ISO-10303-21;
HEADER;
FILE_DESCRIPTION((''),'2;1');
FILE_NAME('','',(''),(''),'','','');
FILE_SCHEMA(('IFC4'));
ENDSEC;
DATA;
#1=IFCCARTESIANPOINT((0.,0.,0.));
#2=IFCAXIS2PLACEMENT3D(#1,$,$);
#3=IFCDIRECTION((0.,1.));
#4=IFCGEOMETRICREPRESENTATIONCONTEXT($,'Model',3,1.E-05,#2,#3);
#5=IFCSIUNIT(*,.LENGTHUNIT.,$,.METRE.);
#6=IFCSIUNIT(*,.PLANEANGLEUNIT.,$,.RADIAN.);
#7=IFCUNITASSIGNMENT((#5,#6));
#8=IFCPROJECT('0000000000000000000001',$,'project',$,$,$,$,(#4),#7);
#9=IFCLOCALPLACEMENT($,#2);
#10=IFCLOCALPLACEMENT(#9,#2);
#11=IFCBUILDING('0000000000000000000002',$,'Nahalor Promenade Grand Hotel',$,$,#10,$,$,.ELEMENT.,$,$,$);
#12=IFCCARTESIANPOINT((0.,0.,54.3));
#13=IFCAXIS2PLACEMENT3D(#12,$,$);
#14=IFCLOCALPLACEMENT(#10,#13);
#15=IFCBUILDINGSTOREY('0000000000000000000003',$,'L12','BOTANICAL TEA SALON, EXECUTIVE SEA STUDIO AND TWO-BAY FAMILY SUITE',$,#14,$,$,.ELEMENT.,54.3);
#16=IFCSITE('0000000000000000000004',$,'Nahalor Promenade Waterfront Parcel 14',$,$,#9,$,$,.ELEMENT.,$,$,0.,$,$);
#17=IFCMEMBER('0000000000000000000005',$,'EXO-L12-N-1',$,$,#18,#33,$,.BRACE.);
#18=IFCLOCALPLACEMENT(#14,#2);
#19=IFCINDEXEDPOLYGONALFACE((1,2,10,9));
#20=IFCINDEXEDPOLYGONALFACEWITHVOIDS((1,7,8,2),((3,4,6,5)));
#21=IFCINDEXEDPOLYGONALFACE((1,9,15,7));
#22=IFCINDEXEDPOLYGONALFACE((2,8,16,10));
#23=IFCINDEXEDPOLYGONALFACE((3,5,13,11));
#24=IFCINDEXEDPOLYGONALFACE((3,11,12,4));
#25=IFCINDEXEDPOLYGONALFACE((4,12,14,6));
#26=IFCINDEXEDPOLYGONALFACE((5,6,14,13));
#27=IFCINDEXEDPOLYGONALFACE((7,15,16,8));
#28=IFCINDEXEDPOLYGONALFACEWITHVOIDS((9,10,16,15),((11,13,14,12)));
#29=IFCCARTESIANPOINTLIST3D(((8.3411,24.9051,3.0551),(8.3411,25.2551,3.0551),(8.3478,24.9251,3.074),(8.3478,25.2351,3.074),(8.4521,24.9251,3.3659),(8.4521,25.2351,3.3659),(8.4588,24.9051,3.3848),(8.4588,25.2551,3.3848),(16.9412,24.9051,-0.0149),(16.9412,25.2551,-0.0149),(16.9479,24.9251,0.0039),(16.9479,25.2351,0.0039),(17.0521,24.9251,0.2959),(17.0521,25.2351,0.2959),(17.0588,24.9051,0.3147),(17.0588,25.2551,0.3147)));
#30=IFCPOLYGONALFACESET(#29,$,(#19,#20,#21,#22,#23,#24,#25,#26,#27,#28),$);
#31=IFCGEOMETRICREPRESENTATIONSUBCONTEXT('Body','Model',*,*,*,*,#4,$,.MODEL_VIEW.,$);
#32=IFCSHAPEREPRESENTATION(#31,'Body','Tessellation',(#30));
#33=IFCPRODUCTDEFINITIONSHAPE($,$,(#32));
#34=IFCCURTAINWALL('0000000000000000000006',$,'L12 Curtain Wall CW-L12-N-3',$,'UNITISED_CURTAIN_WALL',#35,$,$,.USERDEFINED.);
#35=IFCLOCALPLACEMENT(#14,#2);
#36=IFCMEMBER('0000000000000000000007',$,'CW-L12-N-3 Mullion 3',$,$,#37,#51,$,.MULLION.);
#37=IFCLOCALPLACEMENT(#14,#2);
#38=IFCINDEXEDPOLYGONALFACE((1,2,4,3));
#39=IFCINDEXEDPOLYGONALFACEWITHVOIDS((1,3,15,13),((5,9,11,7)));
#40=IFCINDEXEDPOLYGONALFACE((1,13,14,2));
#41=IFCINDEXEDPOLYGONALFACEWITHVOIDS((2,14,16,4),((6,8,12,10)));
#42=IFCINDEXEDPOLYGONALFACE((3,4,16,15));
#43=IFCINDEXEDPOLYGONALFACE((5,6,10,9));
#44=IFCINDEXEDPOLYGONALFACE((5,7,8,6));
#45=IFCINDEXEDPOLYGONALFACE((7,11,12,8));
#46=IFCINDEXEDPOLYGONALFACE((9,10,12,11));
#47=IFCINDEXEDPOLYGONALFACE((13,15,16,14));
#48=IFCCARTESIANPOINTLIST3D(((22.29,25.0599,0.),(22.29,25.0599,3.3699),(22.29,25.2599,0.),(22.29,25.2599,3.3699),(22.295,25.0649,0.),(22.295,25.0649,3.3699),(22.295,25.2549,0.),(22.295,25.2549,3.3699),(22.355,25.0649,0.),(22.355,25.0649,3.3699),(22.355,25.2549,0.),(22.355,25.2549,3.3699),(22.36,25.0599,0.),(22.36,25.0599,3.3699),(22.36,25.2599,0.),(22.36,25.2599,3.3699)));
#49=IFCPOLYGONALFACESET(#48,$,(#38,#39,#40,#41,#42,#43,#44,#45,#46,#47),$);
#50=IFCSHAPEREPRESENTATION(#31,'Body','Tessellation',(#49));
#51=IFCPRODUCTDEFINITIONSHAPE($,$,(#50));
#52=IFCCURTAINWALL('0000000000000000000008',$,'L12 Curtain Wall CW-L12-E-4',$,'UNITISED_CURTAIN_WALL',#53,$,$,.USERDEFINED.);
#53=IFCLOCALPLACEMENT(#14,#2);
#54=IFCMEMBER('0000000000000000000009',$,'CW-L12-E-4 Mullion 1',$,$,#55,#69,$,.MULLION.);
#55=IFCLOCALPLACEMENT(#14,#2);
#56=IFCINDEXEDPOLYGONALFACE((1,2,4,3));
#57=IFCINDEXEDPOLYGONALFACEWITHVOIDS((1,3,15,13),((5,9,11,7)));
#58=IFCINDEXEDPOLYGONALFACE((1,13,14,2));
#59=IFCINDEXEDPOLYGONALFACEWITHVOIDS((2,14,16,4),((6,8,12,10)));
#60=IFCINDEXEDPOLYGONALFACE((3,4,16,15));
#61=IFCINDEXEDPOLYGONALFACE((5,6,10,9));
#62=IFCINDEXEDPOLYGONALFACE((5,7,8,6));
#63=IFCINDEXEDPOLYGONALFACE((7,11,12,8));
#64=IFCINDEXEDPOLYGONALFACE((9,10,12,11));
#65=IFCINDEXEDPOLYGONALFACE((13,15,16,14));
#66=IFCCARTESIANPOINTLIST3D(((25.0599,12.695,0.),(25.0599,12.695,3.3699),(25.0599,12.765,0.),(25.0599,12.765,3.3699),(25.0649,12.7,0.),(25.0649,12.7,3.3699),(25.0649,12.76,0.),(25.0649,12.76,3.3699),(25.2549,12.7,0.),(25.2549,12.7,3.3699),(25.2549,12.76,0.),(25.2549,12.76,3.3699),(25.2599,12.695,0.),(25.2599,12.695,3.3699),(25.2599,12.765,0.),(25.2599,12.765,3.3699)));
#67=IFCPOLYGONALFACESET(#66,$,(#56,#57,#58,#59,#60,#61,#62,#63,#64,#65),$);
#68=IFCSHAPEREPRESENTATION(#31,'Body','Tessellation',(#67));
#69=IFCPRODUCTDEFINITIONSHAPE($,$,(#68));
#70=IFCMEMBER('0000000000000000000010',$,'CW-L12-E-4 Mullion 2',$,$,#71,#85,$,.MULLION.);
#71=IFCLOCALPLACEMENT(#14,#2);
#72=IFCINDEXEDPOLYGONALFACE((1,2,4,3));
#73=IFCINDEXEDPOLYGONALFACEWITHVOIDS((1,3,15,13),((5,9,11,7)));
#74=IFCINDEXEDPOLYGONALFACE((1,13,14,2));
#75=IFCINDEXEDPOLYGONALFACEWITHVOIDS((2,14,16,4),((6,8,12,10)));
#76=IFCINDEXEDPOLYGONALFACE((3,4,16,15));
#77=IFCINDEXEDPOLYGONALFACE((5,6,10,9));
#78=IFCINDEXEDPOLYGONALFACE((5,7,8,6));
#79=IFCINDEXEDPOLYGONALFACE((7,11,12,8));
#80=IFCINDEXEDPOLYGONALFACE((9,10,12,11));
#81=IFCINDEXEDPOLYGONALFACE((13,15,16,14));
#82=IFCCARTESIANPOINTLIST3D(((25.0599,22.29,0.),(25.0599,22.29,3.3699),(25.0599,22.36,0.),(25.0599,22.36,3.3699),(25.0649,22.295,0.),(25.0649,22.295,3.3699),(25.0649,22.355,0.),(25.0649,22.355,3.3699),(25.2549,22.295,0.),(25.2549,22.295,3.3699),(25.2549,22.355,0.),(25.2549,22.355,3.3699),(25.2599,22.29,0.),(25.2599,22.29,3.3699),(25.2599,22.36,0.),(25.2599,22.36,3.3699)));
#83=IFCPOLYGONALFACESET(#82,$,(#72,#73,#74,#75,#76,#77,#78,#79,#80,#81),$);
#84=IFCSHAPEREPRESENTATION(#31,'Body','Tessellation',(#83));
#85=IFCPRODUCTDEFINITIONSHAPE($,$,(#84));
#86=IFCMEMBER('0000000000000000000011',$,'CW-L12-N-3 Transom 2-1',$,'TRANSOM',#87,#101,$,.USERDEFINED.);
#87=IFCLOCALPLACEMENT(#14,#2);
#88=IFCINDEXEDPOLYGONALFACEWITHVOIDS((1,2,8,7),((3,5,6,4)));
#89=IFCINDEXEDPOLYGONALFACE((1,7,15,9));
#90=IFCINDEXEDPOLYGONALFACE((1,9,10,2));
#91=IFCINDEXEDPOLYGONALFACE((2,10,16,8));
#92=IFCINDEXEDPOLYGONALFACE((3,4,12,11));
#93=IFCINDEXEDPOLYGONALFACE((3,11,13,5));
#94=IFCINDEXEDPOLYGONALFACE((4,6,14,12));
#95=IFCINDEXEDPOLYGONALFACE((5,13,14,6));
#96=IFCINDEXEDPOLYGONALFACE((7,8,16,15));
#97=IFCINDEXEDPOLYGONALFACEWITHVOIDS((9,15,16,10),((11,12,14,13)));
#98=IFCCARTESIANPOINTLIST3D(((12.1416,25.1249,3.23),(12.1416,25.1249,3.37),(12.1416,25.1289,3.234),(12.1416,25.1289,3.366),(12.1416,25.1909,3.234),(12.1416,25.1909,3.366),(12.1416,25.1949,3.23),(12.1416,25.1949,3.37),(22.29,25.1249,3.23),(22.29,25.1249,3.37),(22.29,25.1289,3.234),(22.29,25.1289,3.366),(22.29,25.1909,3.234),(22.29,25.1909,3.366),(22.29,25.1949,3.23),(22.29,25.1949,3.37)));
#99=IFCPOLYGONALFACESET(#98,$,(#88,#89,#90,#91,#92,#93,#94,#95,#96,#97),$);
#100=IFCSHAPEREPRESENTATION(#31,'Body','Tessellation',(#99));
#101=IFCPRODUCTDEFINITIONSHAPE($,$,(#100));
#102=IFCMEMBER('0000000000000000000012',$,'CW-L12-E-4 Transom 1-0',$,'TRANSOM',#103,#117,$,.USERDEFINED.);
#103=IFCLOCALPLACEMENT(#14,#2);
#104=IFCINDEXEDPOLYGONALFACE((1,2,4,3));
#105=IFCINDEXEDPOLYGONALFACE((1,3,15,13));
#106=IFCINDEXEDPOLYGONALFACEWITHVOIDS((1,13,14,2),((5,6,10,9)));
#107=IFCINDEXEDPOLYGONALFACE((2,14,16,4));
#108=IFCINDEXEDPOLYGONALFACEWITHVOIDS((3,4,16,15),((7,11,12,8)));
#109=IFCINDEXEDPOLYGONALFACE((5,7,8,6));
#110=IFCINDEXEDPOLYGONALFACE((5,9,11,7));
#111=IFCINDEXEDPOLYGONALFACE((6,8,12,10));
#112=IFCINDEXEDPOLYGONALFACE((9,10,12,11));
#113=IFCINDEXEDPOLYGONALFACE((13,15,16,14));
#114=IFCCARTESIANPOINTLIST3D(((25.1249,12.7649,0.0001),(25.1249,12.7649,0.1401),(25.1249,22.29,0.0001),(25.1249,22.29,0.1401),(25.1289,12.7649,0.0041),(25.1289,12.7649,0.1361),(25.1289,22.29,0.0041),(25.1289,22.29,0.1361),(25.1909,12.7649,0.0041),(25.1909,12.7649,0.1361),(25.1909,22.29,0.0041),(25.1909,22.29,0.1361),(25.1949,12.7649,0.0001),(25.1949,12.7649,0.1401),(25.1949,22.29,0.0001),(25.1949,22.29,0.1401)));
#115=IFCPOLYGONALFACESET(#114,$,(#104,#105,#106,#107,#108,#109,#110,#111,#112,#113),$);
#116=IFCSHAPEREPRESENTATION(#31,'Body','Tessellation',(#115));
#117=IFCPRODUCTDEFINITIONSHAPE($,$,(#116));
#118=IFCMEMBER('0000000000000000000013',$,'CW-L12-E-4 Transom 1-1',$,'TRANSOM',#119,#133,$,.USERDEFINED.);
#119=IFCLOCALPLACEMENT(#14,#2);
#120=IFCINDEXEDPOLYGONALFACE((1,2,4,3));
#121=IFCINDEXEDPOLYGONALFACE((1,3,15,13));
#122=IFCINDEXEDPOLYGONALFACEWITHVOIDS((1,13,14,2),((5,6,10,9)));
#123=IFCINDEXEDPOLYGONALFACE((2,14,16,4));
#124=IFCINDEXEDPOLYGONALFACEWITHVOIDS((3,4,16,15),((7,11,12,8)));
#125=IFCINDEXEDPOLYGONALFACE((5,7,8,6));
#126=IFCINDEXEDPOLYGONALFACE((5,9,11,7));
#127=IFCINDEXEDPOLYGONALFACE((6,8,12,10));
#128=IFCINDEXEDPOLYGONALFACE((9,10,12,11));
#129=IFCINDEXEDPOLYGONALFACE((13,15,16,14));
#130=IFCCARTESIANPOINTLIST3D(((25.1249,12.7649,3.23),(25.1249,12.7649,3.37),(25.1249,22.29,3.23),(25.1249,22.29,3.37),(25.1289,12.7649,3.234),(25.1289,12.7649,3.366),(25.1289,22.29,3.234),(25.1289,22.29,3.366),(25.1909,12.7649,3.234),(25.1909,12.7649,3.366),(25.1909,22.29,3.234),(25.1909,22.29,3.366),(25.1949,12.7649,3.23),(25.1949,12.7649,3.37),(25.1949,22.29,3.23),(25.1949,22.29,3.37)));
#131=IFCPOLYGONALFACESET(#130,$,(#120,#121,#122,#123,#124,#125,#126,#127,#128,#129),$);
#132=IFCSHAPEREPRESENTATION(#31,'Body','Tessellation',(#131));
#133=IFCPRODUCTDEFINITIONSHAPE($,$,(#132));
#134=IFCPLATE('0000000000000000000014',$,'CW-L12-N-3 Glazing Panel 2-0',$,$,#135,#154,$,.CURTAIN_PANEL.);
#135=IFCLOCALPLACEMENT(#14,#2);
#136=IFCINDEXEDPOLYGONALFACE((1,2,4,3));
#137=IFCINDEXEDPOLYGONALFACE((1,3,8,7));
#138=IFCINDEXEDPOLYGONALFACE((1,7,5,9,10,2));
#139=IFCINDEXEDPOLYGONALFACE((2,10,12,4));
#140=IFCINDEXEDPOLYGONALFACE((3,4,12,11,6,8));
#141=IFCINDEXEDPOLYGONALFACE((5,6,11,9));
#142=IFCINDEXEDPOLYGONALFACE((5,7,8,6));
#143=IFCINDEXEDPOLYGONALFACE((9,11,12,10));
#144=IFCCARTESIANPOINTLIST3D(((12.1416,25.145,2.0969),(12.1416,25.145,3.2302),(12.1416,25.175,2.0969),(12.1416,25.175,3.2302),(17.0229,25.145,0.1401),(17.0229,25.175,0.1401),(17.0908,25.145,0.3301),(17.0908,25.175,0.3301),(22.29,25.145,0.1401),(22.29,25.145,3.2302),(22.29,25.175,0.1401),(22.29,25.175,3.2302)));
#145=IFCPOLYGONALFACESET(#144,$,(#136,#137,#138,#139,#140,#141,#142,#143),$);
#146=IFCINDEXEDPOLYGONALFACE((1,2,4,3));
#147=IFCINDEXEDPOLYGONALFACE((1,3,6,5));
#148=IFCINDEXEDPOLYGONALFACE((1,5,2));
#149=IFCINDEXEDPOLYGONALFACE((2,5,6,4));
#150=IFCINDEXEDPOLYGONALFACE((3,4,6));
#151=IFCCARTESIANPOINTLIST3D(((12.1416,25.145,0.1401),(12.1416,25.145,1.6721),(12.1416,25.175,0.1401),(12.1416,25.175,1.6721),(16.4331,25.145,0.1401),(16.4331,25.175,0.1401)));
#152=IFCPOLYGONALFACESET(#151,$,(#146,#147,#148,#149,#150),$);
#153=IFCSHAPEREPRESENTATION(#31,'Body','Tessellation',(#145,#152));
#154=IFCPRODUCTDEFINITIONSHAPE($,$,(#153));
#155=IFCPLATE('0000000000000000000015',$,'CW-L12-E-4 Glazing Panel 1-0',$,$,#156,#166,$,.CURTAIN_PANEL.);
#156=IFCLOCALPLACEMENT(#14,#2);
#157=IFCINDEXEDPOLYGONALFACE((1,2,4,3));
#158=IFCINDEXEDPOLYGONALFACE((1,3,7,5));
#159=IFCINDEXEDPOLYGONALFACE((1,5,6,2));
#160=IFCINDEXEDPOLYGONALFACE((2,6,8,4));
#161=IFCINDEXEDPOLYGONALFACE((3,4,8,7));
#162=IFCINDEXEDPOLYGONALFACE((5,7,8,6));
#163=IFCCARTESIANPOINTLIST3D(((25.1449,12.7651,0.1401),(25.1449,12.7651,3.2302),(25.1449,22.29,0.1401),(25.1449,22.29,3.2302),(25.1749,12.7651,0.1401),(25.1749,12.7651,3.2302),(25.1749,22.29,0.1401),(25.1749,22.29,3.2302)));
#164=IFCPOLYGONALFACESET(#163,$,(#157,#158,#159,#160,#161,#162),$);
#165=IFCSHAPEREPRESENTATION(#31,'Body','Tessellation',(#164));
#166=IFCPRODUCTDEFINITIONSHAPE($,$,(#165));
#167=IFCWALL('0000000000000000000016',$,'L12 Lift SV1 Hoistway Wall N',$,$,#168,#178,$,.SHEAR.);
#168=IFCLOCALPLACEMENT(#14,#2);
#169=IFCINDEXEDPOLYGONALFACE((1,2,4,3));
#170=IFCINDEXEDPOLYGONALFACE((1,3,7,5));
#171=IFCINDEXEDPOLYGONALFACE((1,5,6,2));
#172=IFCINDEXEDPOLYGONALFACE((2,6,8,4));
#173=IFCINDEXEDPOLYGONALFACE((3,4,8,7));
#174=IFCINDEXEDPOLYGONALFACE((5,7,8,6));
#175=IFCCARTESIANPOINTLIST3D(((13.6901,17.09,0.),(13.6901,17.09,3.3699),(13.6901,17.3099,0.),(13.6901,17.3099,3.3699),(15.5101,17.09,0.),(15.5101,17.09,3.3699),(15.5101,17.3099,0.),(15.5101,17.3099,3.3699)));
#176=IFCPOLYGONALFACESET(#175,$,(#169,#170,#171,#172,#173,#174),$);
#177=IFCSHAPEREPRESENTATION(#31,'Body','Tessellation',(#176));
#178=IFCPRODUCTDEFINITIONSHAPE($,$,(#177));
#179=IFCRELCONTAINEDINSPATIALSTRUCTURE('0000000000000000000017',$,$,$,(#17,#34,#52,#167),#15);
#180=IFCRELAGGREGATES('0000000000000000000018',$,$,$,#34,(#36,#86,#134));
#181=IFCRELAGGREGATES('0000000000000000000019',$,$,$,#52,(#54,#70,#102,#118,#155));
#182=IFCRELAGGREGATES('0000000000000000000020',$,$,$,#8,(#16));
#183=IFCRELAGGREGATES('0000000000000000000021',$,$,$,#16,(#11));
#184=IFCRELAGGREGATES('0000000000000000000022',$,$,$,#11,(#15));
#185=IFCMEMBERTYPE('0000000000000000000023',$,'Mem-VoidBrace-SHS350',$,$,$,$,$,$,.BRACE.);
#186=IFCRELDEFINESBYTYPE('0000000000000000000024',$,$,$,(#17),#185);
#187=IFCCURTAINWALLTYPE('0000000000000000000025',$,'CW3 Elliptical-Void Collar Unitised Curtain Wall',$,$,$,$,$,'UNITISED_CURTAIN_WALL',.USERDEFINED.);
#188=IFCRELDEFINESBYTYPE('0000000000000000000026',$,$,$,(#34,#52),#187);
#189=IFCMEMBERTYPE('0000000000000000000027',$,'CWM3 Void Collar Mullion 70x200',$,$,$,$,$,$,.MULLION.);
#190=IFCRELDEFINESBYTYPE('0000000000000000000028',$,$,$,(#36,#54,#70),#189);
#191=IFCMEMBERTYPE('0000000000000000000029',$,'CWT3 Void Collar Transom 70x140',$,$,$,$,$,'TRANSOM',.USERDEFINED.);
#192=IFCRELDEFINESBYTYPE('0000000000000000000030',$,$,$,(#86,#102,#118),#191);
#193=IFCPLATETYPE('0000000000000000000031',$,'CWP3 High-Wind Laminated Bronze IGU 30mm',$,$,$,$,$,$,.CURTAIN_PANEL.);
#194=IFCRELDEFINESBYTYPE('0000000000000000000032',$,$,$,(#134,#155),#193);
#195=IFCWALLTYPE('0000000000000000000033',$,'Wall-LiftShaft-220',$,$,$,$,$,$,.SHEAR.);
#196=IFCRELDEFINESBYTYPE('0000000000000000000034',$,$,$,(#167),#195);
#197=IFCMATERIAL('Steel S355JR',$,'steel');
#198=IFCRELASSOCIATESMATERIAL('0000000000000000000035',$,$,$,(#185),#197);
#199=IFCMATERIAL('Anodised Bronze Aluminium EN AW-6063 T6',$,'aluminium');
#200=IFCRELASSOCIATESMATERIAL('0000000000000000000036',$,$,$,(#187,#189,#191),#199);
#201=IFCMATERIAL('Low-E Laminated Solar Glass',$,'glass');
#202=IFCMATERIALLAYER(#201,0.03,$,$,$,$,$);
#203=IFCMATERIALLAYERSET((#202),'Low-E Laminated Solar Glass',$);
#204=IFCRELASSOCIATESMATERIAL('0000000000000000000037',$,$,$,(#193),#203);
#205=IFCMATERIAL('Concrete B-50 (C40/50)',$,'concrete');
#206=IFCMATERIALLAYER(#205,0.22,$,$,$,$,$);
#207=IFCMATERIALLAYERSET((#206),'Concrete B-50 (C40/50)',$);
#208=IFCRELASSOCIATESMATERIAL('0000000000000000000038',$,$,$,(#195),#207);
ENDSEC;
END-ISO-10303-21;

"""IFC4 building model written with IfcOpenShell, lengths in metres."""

from ifc_helpers import new_model, si_unit, direction, frame, frame_2d, origin, origin_2d, place, context, subcontext, project, spatial, polyline, rectangle, hollow_rectangle, outline, extrude, source, transform, mapped, material, layer, layer_set, material_profile, profile_set, type_object, element, aggregate, save


model = new_model("IFC4")

# Units and contexts
model_context = context("Model", 3, precision=1e-05, world=origin(), true_north=direction((0.0, 1.0)))
body_context = subcontext(model_context, "Body", "Model", "MODEL_VIEW")
ifc_project = project(units=[si_unit("LENGTHUNIT", "METRE"), si_unit("PLANEANGLEUNIT", "RADIAN")], contexts=[model_context])

# Site, building, storey
site_placement = place(None, origin())
site = spatial("IfcSite", under=ifc_project, at=site_placement, Name="Nahalor Promenade Waterfront Parcel 14", CompositionType="ELEMENT", RefElevation=0.0)
building_placement = place(site_placement, origin())
building = spatial("IfcBuilding", under=site, at=building_placement, Name="Nahalor Promenade Grand Hotel", CompositionType="ELEMENT")
storey_placement = place(building_placement, frame((0.0, 0.0, 54.3)))
storey = spatial("IfcBuildingStorey", under=building, at=storey_placement, Name="L12", Description="BOTANICAL TEA SALON, EXECUTIVE SEA STUDIO AND TWO-BAY FAMILY SUITE", CompositionType="ELEMENT", Elevation=54.3)

# Shared definitions
ifc_material_1 = material(Name="Steel S355JR", Category="steel")

# Member
ifc_material_profile_1 = material_profile(ifc_material_1, hollow_rectangle(XDim=0.35, YDim=0.35, WallThickness=0.02, at=origin_2d()), Name="SHS 350x350x20")
ifc_profile_set_1 = profile_set([ifc_material_profile_1], Name="Steel S355JR")
member_type_1 = type_object("IfcMemberType", Name="Mem-VoidBrace-SHS350", PredefinedType="BRACE", material=ifc_profile_set_1)
shared_shape_1 = source(origin(), body_context, "Body", "SweptSolid", [
    extrude(hollow_rectangle(XDim=0.35, YDim=0.35, WallThickness=0.02, at=origin_2d()), origin(), (0.0, 0.0, 1.0), 9.1316),
])
member_1_placement = place(storey_placement, frame((17.0, 25.0801, 0.1499), z_axis=(-0.94179, 0.0, 0.336201), x_axis=(0.0, -1.0, 0.0)))
element("IfcMember", 1, at=member_1_placement, inside=storey, type_object=member_type_1, Name="EXO-L12-N-1", PredefinedType="BRACE", context=body_context, shape_type="MappedRepresentation", body=[
    mapped(shared_shape_1, transform((0.0, 0.0, 0.0), scale=1.0)),
])

# Curtain wall, member
ifc_material_2 = material(Name="Anodised Bronze Aluminium EN AW-6063 T6", Category="aluminium")
curtain_wall_type = type_object("IfcCurtainWallType", Name="CW3 Elliptical-Void Collar Unitised Curtain Wall", ElementType="UNITISED_CURTAIN_WALL", PredefinedType="USERDEFINED", material=ifc_material_2)
curtain_wall_1_placement = place(storey_placement, origin())
curtain_wall_1 = element("IfcCurtainWall", 2, at=curtain_wall_1_placement, inside=storey, type_object=curtain_wall_type, Name="L12 Curtain Wall CW-L12-N-3", ObjectType="UNITISED_CURTAIN_WALL", PredefinedType="USERDEFINED")
ifc_material_profile_2 = material_profile(ifc_material_2, hollow_rectangle(XDim=0.07, YDim=0.2, WallThickness=0.005, at=origin_2d()), Name="CWM 70x200x5")
ifc_profile_set_2 = profile_set([ifc_material_profile_2], Name="Anodised Bronze Aluminium EN AW-6063 T6")
member_type_2 = type_object("IfcMemberType", Name="CWM3 Void Collar Mullion 70x200", PredefinedType="MULLION", material=ifc_profile_set_2)
shared_shape_2 = source(origin(), body_context, "Body", "SweptSolid", [
    extrude(hollow_rectangle(XDim=0.07, YDim=0.2, WallThickness=0.005, at=origin_2d()), origin(), (0.0, 0.0, 1.0), 3.3699),
])
member_2_placement = place(storey_placement, frame((22.325, 25.1599, 0.0), z_axis=(0.0, 0.0, 1.0), x_axis=(1.0, 0.0, 0.0)))
member_2 = element("IfcMember", 3, at=member_2_placement, type_object=member_type_2, Name="CW-L12-N-3 Mullion 3", PredefinedType="MULLION", context=body_context, shape_type="MappedRepresentation", body=[
    mapped(shared_shape_2, transform((0.0, 0.0, 0.0), scale=1.0)),
])

# Curtain wall, members
curtain_wall_2_placement = place(storey_placement, origin())
curtain_wall_2 = element("IfcCurtainWall", 4, at=curtain_wall_2_placement, inside=storey, type_object=curtain_wall_type, Name="L12 Curtain Wall CW-L12-E-4", ObjectType="UNITISED_CURTAIN_WALL", PredefinedType="USERDEFINED")
member_3_placement = place(storey_placement, frame((25.1599, 12.73, 0.0), z_axis=(0.0, 0.0, 1.0), x_axis=(0.0, 1.0, 0.0)))
member_3 = element("IfcMember", 5, at=member_3_placement, type_object=member_type_2, Name="CW-L12-E-4 Mullion 1", PredefinedType="MULLION", context=body_context, shape_type="MappedRepresentation", body=[
    mapped(shared_shape_2, transform((0.0, 0.0, 0.0), scale=1.0)),
])
member_4_placement = place(storey_placement, frame((25.1599, 22.325, 0.0), z_axis=(0.0, 0.0, 1.0), x_axis=(0.0, 1.0, 0.0)))
member_4 = element("IfcMember", 6, at=member_4_placement, type_object=member_type_2, Name="CW-L12-E-4 Mullion 2", PredefinedType="MULLION", context=body_context, shape_type="MappedRepresentation", body=[
    mapped(shared_shape_2, transform((0.0, 0.0, 0.0), scale=1.0)),
])

# Members
ifc_material_profile_3 = material_profile(ifc_material_2, hollow_rectangle(XDim=0.07, YDim=0.14, WallThickness=0.004, at=origin_2d()), Name="CWT 70x140x4")
ifc_profile_set_3 = profile_set([ifc_material_profile_3], Name="Anodised Bronze Aluminium EN AW-6063 T6")
member_type_3 = type_object("IfcMemberType", Name="CWT3 Void Collar Transom 70x140", ElementType="TRANSOM", PredefinedType="USERDEFINED", material=ifc_profile_set_3)
shared_shape_3 = source(origin(), body_context, "Body", "SweptSolid", [
    extrude(hollow_rectangle(XDim=0.07, YDim=0.14, WallThickness=0.004, at=origin_2d()), origin(), (0.0, 0.0, 1.0), 10.1484),
])
member_5_placement = place(storey_placement, frame((12.1416, 25.1599, 3.3), z_axis=(1.0, 0.0, 0.0), x_axis=(0.0, 1.0, 0.0)))
member_5 = element("IfcMember", 7, at=member_5_placement, type_object=member_type_3, Name="CW-L12-N-3 Transom 2-1", ObjectType="TRANSOM", PredefinedType="USERDEFINED", context=body_context, shape_type="MappedRepresentation", body=[
    mapped(shared_shape_3, transform((0.0, 0.0, 0.0), scale=1.0)),
])
shared_shape_4 = source(origin(), body_context, "Body", "SweptSolid", [
    extrude(hollow_rectangle(XDim=0.07, YDim=0.14, WallThickness=0.004, at=origin_2d()), origin(), (0.0, 0.0, 1.0), 9.5251),
])
member_6_placement = place(storey_placement, frame((25.1599, 12.7649, 0.0701), z_axis=(0.0, 1.0, 0.0), x_axis=(-1.0, 0.0, 0.0)))
member_6 = element("IfcMember", 8, at=member_6_placement, type_object=member_type_3, Name="CW-L12-E-4 Transom 1-0", ObjectType="TRANSOM", PredefinedType="USERDEFINED", context=body_context, shape_type="MappedRepresentation", body=[
    mapped(shared_shape_4, transform((0.0, 0.0, 0.0), scale=1.0)),
])
member_7_placement = place(storey_placement, frame((25.1599, 12.7649, 3.3), z_axis=(0.0, 1.0, 0.0), x_axis=(-1.0, 0.0, 0.0)))
member_7 = element("IfcMember", 9, at=member_7_placement, type_object=member_type_3, Name="CW-L12-E-4 Transom 1-1", ObjectType="TRANSOM", PredefinedType="USERDEFINED", context=body_context, shape_type="MappedRepresentation", body=[
    mapped(shared_shape_4, transform((0.0, 0.0, 0.0), scale=1.0)),
])

# Plates
ifc_material_3 = material(Name="Low-E Laminated Solar Glass", Category="glass")
ifc_layer_1 = layer(ifc_material_3, 0.03)
ifc_layer_set_1 = layer_set([ifc_layer_1], Name="Low-E Laminated Solar Glass")
plate_type = type_object("IfcPlateType", Name="CWP3 High-Wind Laminated Bronze IGU 30mm", PredefinedType="CURTAIN_PANEL", material=ifc_layer_set_1)
plate_1_placement = place(storey_placement, frame((17.2158, 25.1599, 0.1401), z_axis=(0.0, 0.0, 1.0), x_axis=(1.0, 0.0, 0.0)))
plate_1 = element("IfcPlate", 10, at=plate_1_placement, type_object=plate_type, Name="CW-L12-N-3 Glazing Panel 2-0", PredefinedType="CURTAIN_PANEL", context=body_context, shape_type="SweptSolid", body=[
    extrude(outline(polyline([(5.0742, 3.0901), (-5.0742, 3.0901), (-5.0742, 1.9568), (-0.125, 0.1899), (-0.1929, 0.0), (5.0742, 0.0), (5.0742, 3.0901)])), frame((0.0, 0.0151, 0.0), z_axis=(0.0, -1.0, 0.0), x_axis=(1.0, 0.0, 0.0)), (0.0, 0.0, 1.0), 0.03),
    extrude(outline(polyline([(-5.0742, 1.532), (-5.0742, 0.0), (-0.7827, 0.0), (-5.0742, 1.532)])), frame((0.0, 0.0151, 0.0), z_axis=(0.0, -1.0, 0.0), x_axis=(1.0, 0.0, 0.0)), (0.0, 0.0, 1.0), 0.03),
])
aggregate(curtain_wall_1, [member_2, member_5, plate_1])
shared_shape_5 = source(origin(), body_context, "Body", "SweptSolid", [
    extrude(rectangle(XDim=9.5249, YDim=0.03, at=origin_2d()), origin(), (0.0, 0.0, 1.0), 3.0901),
])
plate_2_placement = place(storey_placement, frame((25.1599, 17.5276, 0.1401), z_axis=(0.0, 0.0, 1.0), x_axis=(0.0, 1.0, 0.0)))
plate_2 = element("IfcPlate", 11, at=plate_2_placement, type_object=plate_type, Name="CW-L12-E-4 Glazing Panel 1-0", PredefinedType="CURTAIN_PANEL", context=body_context, shape_type="MappedRepresentation", body=[
    mapped(shared_shape_5, transform((0.0, 0.0, 0.0), scale=1.0)),
])
aggregate(curtain_wall_2, [member_3, member_4, member_6, member_7, plate_2])

# Wall
ifc_material_4 = material(Name="Concrete B-50 (C40/50)", Category="concrete")
ifc_layer_2 = layer(ifc_material_4, 0.22)
ifc_layer_set_2 = layer_set([ifc_layer_2], Name="Concrete B-50 (C40/50)")
wall_type_1 = type_object("IfcWallType", Name="Wall-LiftShaft-220", PredefinedType="SHEAR", material=ifc_layer_set_2)
shared_shape_6 = source(origin(), body_context, "Body", "SweptSolid", [
    extrude(rectangle(XDim=1.8201, YDim=0.22, at=frame_2d((0.9102, 0.0))), origin(), (0.0, 0.0, 1.0), 3.3699),
])
wall_1_placement = place(storey_placement, frame((13.6899, 17.2, 0.0), z_axis=(0.0, 0.0, 1.0), x_axis=(1.0, 0.0, 0.0)))
element("IfcWall", 12, at=wall_1_placement, inside=storey, type_object=wall_type_1, Name="L12 Lift SV1 Hoistway Wall N", PredefinedType="SHEAR", context=body_context, shape_type="MappedRepresentation", body=[
    mapped(shared_shape_6, transform((0.0, 0.0, 0.0), scale=1.0)),
])

save(model, "model.ifc")
